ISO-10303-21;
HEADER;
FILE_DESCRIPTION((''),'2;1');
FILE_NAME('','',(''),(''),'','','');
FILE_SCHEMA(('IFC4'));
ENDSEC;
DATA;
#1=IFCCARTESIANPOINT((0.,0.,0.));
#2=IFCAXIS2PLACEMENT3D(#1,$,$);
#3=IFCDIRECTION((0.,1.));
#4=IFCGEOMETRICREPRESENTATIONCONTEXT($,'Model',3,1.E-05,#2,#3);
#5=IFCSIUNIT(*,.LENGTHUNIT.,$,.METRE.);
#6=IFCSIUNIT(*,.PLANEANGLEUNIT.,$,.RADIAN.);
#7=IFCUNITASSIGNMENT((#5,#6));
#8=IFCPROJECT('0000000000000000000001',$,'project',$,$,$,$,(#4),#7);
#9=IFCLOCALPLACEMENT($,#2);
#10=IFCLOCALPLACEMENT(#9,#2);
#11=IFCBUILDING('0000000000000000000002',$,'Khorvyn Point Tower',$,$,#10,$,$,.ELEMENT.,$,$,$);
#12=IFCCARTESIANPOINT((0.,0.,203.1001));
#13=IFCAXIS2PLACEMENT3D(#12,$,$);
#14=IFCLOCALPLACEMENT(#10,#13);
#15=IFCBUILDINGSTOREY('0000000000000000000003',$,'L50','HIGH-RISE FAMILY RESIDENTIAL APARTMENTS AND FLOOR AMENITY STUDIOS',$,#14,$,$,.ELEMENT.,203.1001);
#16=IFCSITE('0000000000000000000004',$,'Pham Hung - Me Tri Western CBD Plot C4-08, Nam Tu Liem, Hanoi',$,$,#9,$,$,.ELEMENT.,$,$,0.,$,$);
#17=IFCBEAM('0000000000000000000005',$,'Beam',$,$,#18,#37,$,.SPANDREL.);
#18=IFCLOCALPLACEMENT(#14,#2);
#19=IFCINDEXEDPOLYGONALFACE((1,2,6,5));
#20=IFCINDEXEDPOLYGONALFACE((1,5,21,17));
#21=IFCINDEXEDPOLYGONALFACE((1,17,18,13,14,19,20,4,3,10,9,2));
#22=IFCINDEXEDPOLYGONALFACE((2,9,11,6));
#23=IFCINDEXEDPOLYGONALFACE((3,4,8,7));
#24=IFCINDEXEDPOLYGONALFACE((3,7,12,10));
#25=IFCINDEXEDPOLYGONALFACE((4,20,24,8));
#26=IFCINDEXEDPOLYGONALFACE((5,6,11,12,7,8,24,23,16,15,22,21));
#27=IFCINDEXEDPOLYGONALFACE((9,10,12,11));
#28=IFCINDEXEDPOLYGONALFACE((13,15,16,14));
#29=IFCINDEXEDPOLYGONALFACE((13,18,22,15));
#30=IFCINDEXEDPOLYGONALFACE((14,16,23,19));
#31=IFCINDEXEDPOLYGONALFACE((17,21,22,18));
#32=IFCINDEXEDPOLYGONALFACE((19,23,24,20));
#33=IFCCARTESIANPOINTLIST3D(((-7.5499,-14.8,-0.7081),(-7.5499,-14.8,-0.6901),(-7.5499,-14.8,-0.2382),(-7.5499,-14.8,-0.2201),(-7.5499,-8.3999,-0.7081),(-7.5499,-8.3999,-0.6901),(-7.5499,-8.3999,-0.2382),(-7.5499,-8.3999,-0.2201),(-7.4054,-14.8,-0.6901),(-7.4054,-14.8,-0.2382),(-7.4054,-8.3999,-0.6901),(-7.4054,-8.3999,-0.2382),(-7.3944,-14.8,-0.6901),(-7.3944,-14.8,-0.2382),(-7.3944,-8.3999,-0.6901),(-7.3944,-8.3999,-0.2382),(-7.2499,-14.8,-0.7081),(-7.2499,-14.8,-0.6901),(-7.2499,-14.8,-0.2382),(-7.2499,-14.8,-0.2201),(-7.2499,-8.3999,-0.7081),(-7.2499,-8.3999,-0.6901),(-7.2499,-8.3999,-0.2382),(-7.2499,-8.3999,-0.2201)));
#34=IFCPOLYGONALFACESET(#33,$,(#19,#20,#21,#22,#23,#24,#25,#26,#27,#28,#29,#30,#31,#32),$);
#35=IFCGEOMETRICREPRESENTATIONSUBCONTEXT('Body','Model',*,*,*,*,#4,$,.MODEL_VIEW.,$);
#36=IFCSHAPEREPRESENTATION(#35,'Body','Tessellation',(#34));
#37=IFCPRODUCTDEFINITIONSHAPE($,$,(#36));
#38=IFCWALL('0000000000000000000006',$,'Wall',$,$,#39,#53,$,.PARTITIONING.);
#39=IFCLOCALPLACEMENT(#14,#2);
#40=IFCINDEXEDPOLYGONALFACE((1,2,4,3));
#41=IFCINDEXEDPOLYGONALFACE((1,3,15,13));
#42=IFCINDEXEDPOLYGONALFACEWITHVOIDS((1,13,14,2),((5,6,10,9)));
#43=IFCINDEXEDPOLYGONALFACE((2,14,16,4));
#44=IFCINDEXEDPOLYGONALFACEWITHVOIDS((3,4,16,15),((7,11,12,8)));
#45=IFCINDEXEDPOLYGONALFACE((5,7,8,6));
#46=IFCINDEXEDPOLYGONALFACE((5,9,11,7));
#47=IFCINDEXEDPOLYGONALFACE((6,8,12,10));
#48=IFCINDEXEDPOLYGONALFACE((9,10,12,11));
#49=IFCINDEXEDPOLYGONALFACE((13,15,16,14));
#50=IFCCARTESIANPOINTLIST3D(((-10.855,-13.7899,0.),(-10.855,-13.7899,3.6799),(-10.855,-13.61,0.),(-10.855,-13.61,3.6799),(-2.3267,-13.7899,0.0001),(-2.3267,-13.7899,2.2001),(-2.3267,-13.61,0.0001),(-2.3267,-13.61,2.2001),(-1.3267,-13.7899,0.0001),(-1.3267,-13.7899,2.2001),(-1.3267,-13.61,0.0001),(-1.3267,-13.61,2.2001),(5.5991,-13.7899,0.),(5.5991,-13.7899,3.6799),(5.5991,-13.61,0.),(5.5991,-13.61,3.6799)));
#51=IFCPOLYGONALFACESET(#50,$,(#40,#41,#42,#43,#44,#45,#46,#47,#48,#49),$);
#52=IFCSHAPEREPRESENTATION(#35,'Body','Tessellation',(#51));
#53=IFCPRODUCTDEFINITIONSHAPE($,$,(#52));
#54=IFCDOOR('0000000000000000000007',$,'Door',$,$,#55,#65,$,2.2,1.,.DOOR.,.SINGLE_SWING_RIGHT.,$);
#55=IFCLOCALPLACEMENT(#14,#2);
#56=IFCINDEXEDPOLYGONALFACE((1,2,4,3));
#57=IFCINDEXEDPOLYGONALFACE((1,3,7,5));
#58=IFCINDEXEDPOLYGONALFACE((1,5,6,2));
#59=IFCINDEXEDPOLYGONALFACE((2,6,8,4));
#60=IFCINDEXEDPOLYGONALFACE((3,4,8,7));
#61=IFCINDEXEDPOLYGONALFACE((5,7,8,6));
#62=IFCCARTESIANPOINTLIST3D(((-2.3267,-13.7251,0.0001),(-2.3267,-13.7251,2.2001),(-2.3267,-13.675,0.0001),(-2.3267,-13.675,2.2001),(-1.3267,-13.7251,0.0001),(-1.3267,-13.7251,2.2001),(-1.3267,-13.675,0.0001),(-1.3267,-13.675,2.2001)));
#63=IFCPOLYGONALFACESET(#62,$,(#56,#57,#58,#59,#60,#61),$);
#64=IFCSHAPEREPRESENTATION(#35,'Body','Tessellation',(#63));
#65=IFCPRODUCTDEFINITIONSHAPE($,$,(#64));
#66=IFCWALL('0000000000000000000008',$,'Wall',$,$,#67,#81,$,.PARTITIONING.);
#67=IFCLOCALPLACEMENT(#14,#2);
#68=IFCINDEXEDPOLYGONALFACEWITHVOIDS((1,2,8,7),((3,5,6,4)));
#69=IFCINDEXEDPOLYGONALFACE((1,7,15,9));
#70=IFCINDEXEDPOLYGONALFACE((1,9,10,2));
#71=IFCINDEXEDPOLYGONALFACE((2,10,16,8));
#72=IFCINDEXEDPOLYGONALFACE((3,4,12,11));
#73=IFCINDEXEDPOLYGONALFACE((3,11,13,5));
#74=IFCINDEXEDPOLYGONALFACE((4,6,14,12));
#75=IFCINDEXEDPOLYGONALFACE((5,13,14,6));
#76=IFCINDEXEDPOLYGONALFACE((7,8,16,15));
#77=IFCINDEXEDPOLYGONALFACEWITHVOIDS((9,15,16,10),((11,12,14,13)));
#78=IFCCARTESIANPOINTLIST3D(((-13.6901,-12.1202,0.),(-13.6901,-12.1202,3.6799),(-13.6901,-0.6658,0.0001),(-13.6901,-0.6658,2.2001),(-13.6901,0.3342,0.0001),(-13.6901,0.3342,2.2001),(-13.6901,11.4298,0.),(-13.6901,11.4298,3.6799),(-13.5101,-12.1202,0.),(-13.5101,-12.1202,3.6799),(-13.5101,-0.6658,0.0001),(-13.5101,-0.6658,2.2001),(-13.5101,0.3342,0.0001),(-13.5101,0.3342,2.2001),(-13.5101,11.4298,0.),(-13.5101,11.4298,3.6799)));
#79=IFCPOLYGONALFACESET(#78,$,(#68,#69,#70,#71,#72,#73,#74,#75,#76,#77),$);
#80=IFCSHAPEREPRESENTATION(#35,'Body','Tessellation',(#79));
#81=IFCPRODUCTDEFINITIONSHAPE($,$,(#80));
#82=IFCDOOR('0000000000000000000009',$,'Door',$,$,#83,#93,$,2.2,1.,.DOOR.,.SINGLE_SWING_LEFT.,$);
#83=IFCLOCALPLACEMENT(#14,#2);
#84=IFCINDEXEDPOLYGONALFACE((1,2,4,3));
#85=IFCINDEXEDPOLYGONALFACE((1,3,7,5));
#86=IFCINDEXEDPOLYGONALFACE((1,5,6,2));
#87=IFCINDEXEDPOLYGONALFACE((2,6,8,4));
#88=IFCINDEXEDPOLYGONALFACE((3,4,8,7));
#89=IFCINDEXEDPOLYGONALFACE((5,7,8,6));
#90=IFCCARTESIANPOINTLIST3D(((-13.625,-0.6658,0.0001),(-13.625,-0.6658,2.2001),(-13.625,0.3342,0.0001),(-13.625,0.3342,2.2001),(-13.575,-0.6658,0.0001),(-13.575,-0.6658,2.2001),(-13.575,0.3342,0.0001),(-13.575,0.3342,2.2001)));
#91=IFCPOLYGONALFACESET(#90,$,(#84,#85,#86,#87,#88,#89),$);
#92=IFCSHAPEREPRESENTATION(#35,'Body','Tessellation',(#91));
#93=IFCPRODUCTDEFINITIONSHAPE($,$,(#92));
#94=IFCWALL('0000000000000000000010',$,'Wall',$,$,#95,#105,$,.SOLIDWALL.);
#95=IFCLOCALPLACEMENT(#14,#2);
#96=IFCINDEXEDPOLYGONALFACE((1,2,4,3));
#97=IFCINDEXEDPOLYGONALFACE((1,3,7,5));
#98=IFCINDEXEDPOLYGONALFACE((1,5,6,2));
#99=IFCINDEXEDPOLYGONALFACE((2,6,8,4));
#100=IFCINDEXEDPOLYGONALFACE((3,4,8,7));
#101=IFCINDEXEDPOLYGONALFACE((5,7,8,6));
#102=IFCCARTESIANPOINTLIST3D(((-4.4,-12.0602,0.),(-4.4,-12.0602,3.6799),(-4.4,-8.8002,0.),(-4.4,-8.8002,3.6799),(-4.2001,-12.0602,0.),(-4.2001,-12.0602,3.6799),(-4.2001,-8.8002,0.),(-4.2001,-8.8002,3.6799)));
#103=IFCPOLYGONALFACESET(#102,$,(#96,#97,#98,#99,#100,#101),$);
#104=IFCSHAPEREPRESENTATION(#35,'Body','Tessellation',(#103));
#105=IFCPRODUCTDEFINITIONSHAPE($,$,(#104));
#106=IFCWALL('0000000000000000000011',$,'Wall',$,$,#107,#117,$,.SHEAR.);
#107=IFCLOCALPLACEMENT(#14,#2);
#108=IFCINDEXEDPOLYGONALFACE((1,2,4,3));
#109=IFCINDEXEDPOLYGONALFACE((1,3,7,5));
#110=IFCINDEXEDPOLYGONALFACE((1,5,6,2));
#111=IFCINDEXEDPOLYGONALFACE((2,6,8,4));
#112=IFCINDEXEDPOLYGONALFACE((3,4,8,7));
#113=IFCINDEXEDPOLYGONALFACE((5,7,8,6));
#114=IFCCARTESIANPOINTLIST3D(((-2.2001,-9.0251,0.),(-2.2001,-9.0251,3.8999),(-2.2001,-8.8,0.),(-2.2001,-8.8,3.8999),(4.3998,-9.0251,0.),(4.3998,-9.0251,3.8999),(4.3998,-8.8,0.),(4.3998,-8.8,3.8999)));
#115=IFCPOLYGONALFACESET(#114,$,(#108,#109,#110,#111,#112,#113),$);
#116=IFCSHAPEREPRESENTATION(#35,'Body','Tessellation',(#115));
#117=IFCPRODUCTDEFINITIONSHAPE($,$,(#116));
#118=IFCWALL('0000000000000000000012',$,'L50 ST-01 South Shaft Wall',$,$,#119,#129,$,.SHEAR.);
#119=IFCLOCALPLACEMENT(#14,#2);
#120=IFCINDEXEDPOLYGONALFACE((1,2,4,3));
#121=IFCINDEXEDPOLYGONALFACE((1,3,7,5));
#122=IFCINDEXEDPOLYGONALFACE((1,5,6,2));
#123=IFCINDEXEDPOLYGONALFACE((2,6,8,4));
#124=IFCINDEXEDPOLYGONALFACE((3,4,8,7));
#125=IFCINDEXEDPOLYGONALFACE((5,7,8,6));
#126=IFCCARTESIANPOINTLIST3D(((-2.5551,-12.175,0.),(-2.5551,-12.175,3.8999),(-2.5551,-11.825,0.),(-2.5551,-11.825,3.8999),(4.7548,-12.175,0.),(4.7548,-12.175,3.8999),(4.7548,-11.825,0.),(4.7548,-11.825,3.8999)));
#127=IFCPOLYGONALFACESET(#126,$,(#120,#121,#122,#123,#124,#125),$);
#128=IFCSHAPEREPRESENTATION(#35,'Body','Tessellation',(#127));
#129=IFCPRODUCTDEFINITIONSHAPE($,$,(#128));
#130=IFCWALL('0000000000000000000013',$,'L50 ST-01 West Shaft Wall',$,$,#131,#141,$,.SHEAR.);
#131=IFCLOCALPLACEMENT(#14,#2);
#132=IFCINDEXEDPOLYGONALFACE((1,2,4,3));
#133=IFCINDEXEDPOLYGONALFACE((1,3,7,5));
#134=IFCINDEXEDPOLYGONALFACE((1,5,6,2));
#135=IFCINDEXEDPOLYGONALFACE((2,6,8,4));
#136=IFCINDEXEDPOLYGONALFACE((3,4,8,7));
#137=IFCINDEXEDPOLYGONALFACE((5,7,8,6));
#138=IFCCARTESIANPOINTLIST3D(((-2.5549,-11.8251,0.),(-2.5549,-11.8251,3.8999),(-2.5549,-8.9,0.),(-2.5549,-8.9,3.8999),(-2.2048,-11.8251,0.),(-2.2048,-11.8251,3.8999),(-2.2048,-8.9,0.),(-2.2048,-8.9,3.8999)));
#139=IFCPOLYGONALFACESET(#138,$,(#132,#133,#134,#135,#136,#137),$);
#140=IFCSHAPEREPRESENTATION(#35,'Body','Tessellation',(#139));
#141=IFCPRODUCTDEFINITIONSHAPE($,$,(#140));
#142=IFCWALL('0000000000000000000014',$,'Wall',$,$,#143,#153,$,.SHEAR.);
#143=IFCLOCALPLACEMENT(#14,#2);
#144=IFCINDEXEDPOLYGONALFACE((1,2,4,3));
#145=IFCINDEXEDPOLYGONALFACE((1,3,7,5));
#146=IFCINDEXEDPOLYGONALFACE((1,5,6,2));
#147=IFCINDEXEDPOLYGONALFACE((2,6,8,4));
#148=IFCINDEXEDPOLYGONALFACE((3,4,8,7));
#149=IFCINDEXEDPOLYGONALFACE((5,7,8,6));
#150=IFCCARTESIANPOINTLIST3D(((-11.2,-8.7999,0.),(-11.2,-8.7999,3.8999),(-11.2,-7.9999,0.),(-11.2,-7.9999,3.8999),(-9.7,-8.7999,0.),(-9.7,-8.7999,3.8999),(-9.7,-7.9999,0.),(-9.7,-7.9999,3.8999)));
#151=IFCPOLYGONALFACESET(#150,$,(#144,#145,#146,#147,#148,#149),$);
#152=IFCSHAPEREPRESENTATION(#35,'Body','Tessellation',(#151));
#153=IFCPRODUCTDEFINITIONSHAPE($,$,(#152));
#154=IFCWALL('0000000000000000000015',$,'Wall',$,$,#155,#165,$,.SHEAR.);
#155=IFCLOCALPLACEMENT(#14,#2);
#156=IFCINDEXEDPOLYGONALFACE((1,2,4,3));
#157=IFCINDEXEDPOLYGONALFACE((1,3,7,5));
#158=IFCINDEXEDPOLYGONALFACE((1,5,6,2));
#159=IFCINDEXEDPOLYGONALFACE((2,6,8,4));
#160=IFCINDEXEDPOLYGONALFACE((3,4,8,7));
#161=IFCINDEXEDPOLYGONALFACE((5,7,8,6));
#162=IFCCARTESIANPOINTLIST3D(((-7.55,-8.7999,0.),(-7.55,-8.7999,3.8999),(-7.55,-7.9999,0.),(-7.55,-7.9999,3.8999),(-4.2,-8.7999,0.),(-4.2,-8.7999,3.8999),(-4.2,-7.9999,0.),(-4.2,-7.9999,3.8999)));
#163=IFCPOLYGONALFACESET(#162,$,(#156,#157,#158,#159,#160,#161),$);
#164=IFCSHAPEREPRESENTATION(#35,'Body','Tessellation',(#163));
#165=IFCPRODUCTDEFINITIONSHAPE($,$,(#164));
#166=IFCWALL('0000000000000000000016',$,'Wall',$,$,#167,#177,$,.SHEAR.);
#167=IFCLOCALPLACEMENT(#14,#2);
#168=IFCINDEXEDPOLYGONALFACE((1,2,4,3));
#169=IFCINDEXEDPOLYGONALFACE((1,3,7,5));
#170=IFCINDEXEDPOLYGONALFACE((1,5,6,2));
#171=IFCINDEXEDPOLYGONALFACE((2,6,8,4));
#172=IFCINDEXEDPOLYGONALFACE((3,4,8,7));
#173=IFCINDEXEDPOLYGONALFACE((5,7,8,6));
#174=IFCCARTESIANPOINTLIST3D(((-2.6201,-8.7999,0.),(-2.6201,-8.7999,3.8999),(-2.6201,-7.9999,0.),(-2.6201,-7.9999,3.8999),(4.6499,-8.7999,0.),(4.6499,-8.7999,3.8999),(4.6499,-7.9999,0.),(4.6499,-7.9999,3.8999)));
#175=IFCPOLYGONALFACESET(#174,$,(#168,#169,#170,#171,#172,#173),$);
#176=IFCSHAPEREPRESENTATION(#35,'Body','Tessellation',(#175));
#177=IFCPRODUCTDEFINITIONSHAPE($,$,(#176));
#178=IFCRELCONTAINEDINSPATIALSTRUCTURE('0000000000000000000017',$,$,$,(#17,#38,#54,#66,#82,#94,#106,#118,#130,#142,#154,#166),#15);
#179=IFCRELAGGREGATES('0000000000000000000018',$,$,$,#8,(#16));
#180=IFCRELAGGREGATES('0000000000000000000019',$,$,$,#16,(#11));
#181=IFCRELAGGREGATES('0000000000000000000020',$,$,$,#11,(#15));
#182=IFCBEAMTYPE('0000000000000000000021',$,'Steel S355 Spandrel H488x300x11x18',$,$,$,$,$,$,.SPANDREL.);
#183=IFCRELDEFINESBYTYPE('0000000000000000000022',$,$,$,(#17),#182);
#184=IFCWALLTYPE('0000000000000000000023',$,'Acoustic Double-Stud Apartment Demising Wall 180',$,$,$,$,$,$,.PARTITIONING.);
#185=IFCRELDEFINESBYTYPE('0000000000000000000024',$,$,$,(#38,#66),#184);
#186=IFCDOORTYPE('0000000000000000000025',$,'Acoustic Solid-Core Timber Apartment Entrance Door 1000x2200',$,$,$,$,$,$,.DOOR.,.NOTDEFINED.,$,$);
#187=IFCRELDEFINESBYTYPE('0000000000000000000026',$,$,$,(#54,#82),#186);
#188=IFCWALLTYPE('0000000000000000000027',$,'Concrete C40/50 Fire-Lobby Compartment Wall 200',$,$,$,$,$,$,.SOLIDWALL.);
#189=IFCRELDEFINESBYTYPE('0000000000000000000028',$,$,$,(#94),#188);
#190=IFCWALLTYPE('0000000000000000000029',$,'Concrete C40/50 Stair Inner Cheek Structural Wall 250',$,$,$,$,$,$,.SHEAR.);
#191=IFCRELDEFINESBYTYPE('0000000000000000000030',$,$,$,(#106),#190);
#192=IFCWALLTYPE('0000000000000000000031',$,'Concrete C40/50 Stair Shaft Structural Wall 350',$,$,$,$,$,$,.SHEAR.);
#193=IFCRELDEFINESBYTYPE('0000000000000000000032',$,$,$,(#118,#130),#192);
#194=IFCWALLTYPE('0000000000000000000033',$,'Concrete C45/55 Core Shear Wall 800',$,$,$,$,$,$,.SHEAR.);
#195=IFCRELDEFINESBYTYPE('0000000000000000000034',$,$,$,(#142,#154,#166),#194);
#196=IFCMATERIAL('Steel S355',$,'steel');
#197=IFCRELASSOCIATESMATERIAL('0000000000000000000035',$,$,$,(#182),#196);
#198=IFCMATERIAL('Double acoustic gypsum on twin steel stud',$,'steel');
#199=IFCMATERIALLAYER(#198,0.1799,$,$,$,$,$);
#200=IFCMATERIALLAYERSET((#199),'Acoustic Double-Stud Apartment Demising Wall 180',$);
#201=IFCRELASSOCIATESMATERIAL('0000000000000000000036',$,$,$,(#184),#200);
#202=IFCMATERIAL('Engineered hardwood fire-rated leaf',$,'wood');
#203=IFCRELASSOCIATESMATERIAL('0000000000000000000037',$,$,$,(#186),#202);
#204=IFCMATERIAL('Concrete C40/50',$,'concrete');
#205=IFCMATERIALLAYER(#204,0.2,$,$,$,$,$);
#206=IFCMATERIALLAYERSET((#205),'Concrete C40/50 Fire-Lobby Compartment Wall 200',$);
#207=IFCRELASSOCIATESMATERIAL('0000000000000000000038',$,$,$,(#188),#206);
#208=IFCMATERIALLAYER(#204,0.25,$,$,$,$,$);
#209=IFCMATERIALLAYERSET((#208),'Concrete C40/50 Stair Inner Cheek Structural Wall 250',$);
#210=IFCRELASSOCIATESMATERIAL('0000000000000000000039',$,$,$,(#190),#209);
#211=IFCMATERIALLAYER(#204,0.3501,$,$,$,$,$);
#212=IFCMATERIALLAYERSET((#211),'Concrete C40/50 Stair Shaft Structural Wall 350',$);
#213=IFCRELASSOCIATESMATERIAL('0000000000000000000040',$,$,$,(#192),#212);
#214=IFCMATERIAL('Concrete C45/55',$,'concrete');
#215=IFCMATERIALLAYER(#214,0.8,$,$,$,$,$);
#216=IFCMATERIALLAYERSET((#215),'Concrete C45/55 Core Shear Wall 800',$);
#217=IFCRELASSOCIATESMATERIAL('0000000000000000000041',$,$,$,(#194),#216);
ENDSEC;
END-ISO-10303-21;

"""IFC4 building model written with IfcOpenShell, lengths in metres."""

from ifc_helpers import new_model, si_unit, direction, frame, frame_2d, origin, origin_2d, place, context, subcontext, project, spatial, rectangle, i_section, extrude, material, layer, layer_set, material_profile, profile_set, type_object, element, fill, save


model = new_model("IFC4")

# Units and contexts
model_context = context("Model", 3, precision=1e-05, world=origin(), true_north=direction((0.0, 1.0)))
body_context = subcontext(model_context, "Body", "Model", "MODEL_VIEW")
ifc_project = project(units=[si_unit("LENGTHUNIT", "METRE"), si_unit("PLANEANGLEUNIT", "RADIAN")], contexts=[model_context])

# Site, building, storey
site_placement = place(None, origin())
site = spatial("IfcSite", under=ifc_project, at=site_placement, Name="Pham Hung - Me Tri Western CBD Plot C4-08, Nam Tu Liem, Hanoi", CompositionType="ELEMENT", RefElevation=0.0)
building_placement = place(site_placement, origin())
building = spatial("IfcBuilding", under=site, at=building_placement, Name="Khorvyn Point Tower", CompositionType="ELEMENT")
storey_placement = place(building_placement, frame((0.0, 0.0, 203.1001)))
storey = spatial("IfcBuildingStorey", under=building, at=storey_placement, Name="L50", Description="HIGH-RISE FAMILY RESIDENTIAL APARTMENTS AND FLOOR AMENITY STUDIOS", CompositionType="ELEMENT", Elevation=203.1001)

# Shared definitions
ifc_material_1 = material(Name="Concrete C45/55", Category="concrete")

# Beam
ifc_material_2 = material(Name="Steel S355", Category="steel")
ifc_material_profile_1 = material_profile(ifc_material_2, i_section(OverallWidth=0.3, OverallDepth=0.488, WebThickness=0.011, FlangeThickness=0.0181, at=origin_2d()))
ifc_profile_set_1 = profile_set([ifc_material_profile_1], Name="Steel S355 H488x300x11x18")
beam_type_1 = type_object("IfcBeamType", Name="Steel S355 Spandrel H488x300x11x18", PredefinedType="SPANDREL", material=ifc_profile_set_1)
beam_1_placement = place(storey_placement, frame((-7.3999, -14.8, -0.4641), z_axis=(0.0, 1.0, 0.0), x_axis=(-1.0, 0.0, 0.0)))
element("IfcBeam", 1, at=beam_1_placement, inside=storey, type_object=beam_type_1, Name="Beam", PredefinedType="SPANDREL", context=body_context, shape_type="SweptSolid", body=[
    extrude(i_section(OverallWidth=0.3, OverallDepth=0.488, WebThickness=0.011, FlangeThickness=0.0181, at=origin_2d()), origin(), (0.0, 0.0, 1.0), 6.4001),
])

# Walls, openings, doors
ifc_material_3 = material(Name="Double acoustic gypsum on twin steel stud", Category="steel")
ifc_layer_1 = layer(ifc_material_3, 0.1799)
ifc_layer_set_1 = layer_set([ifc_layer_1], Name="Acoustic Double-Stud Apartment Demising Wall 180")
wall_type_1 = type_object("IfcWallType", Name="Acoustic Double-Stud Apartment Demising Wall 180", PredefinedType="PARTITIONING", material=ifc_layer_set_1)
wall_1_placement = place(storey_placement, frame((-10.855, -13.7, 0.0), z_axis=(0.0, 0.0, 1.0), x_axis=(1.0, 0.0, 0.0)))
wall_1 = element("IfcWall", 2, at=wall_1_placement, inside=storey, type_object=wall_type_1, Name="Wall", PredefinedType="PARTITIONING", context=body_context, shape_type="SweptSolid", body=[
    extrude(rectangle(XDim=16.4541, YDim=0.1799, at=frame_2d((8.2271, 0.0))), origin(), (0.0, 0.0, 1.0), 3.6799),
])
opening_1_placement = place(wall_1_placement, frame((8.5283, 0.0, 0.0)))
opening_1 = element("IfcOpeningElement", 3, at=opening_1_placement, cuts=wall_1, PredefinedType="OPENING", context=body_context, shape_type="SweptSolid", body=[
    extrude(rectangle(XDim=1.0, YDim=2.2, at=frame_2d((0.5, 1.1001))), frame((0.0, 0.0999, 0.0), z_axis=(0.0, -1.0, 0.0), x_axis=(1.0, 0.0, 0.0)), (0.0, 0.0, 1.0), 0.2),
])
ifc_material_4 = material(Name="Engineered hardwood fire-rated leaf", Category="wood")
door_type_1 = type_object("IfcDoorType", Name="Acoustic Solid-Core Timber Apartment Entrance Door 1000x2200", OperationType="NOTDEFINED", PredefinedType="DOOR", material=ifc_material_4)
door_1_placement = place(opening_1_placement, origin())
door_1 = element("IfcDoor", 4, at=door_1_placement, inside=storey, type_object=door_type_1, Name="Door", OperationType="SINGLE_SWING_RIGHT", OverallHeight=2.2, OverallWidth=1.0, PredefinedType="DOOR", context=body_context, shape_type="SweptSolid", body=[
    extrude(rectangle(XDim=1.0, YDim=2.2, at=frame_2d((0.5, 1.1001))), frame((0.0, 0.0249, 0.0), z_axis=(0.0, -1.0, 0.0), x_axis=(1.0, 0.0, 0.0)), (0.0, 0.0, 1.0), 0.05),
])
fill(opening_1, door_1)
wall_2_placement = place(storey_placement, frame((-13.6001, -12.1201, 0.0), z_axis=(0.0, 0.0, 1.0), x_axis=(0.0, 1.0, 0.0)))
wall_2 = element("IfcWall", 5, at=wall_2_placement, inside=storey, type_object=wall_type_1, Name="Wall", PredefinedType="PARTITIONING", context=body_context, shape_type="SweptSolid", body=[
    extrude(rectangle(XDim=23.55, YDim=0.1799, at=frame_2d((11.7749, 0.0))), origin(), (0.0, 0.0, 1.0), 3.6799),
])
opening_2_placement = place(wall_2_placement, frame((11.4543, 0.0, 0.0)))
opening_2 = element("IfcOpeningElement", 6, at=opening_2_placement, cuts=wall_2, PredefinedType="OPENING", context=body_context, shape_type="SweptSolid", body=[
    extrude(rectangle(XDim=1.0, YDim=2.2, at=frame_2d((0.5, 1.1001))), frame((0.0, 0.0999, 0.0), z_axis=(0.0, -1.0, 0.0), x_axis=(1.0, 0.0, 0.0)), (0.0, 0.0, 1.0), 0.2),
])
door_2_placement = place(opening_2_placement, origin())
door_2 = element("IfcDoor", 7, at=door_2_placement, inside=storey, type_object=door_type_1, Name="Door", OperationType="SINGLE_SWING_LEFT", OverallHeight=2.2, OverallWidth=1.0, PredefinedType="DOOR", context=body_context, shape_type="SweptSolid", body=[
    extrude(rectangle(XDim=1.0, YDim=2.2, at=frame_2d((0.5, 1.1001))), frame((0.0, 0.0249, 0.0), z_axis=(0.0, -1.0, 0.0), x_axis=(1.0, 0.0, 0.0)), (0.0, 0.0, 1.0), 0.05),
])
fill(opening_2, door_2)
ifc_material_5 = material(Name="Concrete C40/50", Category="concrete")
ifc_layer_2 = layer(ifc_material_5, 0.2)
ifc_layer_set_2 = layer_set([ifc_layer_2], Name="Concrete C40/50 Fire-Lobby Compartment Wall 200")
wall_type_2 = type_object("IfcWallType", Name="Concrete C40/50 Fire-Lobby Compartment Wall 200", PredefinedType="SOLIDWALL", material=ifc_layer_set_2)

# Walls
wall_3_placement = place(storey_placement, frame((-4.3, -12.0601, 0.0), z_axis=(0.0, 0.0, 1.0), x_axis=(0.0, 1.0, 0.0)))
element("IfcWall", 8, at=wall_3_placement, inside=storey, type_object=wall_type_2, Name="Wall", PredefinedType="SOLIDWALL", context=body_context, shape_type="SweptSolid", body=[
    extrude(rectangle(XDim=3.26, YDim=0.2, at=frame_2d((1.6299, 0.0))), origin(), (0.0, 0.0, 1.0), 3.6799),
])
ifc_layer_3 = layer(ifc_material_5, 0.25)
ifc_layer_set_3 = layer_set([ifc_layer_3], Name="Concrete C40/50 Stair Inner Cheek Structural Wall 250")
wall_type_3 = type_object("IfcWallType", Name="Concrete C40/50 Stair Inner Cheek Structural Wall 250", PredefinedType="SHEAR", material=ifc_layer_set_3)
wall_4_placement = place(storey_placement, frame((-2.2, -8.9126, 0.0), z_axis=(0.0, 0.0, 1.0), x_axis=(1.0, 0.0, 0.0)))
element("IfcWall", 9, at=wall_4_placement, inside=storey, type_object=wall_type_3, Name="Wall", PredefinedType="SHEAR", context=body_context, shape_type="SweptSolid", body=[
    extrude(rectangle(XDim=6.5999, YDim=0.2251, at=frame_2d((3.2998, 0.0))), origin(), (0.0, 0.0, 1.0), 3.8999),
])
ifc_layer_4 = layer(ifc_material_5, 0.3501)
ifc_layer_set_4 = layer_set([ifc_layer_4], Name="Concrete C40/50 Stair Shaft Structural Wall 350")
wall_type_4 = type_object("IfcWallType", Name="Concrete C40/50 Stair Shaft Structural Wall 350", PredefinedType="SHEAR", material=ifc_layer_set_4)
wall_5_placement = place(storey_placement, frame((-2.5549, -12.0, 0.0), z_axis=(0.0, 0.0, 1.0), x_axis=(1.0, 0.0, 0.0)))
element("IfcWall", 10, at=wall_5_placement, inside=storey, type_object=wall_type_4, Name="L50 ST-01 South Shaft Wall", PredefinedType="SHEAR", context=body_context, shape_type="SweptSolid", body=[
    extrude(rectangle(XDim=7.3098, YDim=0.3501, at=frame_2d((3.6548, 0.0))), origin(), (0.0, 0.0, 1.0), 3.8999),
])
wall_6_placement = place(storey_placement, frame((-2.3799, -11.825, 0.0), z_axis=(0.0, 0.0, 1.0), x_axis=(0.0, 1.0, 0.0)))
element("IfcWall", 11, at=wall_6_placement, inside=storey, type_object=wall_type_4, Name="L50 ST-01 West Shaft Wall", PredefinedType="SHEAR", context=body_context, shape_type="SweptSolid", body=[
    extrude(rectangle(XDim=2.925, YDim=0.3501, at=frame_2d((1.4624, 0.0))), origin(), (0.0, 0.0, 1.0), 3.8999),
])
ifc_layer_5 = layer(ifc_material_1, 0.8)
ifc_layer_set_5 = layer_set([ifc_layer_5], Name="Concrete C45/55 Core Shear Wall 800")
wall_type_5 = type_object("IfcWallType", Name="Concrete C45/55 Core Shear Wall 800", PredefinedType="SHEAR", material=ifc_layer_set_5)
wall_7_placement = place(storey_placement, frame((-11.2, -8.3999, 0.0), z_axis=(0.0, 0.0, 1.0), x_axis=(1.0, 0.0, 0.0)))
element("IfcWall", 12, at=wall_7_placement, inside=storey, type_object=wall_type_5, Name="Wall", PredefinedType="SHEAR", context=body_context, shape_type="SweptSolid", body=[
    extrude(rectangle(XDim=1.5, YDim=0.8, at=frame_2d((0.75, 0.0))), origin(), (0.0, 0.0, 1.0), 3.8999),
])
wall_8_placement = place(storey_placement, frame((-7.55, -8.3999, 0.0), z_axis=(0.0, 0.0, 1.0), x_axis=(1.0, 0.0, 0.0)))
element("IfcWall", 13, at=wall_8_placement, inside=storey, type_object=wall_type_5, Name="Wall", PredefinedType="SHEAR", context=body_context, shape_type="SweptSolid", body=[
    extrude(rectangle(XDim=3.3501, YDim=0.8, at=frame_2d((1.675, 0.0))), origin(), (0.0, 0.0, 1.0), 3.8999),
])
wall_9_placement = place(storey_placement, frame((-2.6201, -8.3999, 0.0), z_axis=(0.0, 0.0, 1.0), x_axis=(1.0, 0.0, 0.0)))
element("IfcWall", 14, at=wall_9_placement, inside=storey, type_object=wall_type_5, Name="Wall", PredefinedType="SHEAR", context=body_context, shape_type="SweptSolid", body=[
    extrude(rectangle(XDim=7.27, YDim=0.8, at=frame_2d((3.635, 0.0))), origin(), (0.0, 0.0, 1.0), 3.8999),
])

save(model, "model.ifc")
